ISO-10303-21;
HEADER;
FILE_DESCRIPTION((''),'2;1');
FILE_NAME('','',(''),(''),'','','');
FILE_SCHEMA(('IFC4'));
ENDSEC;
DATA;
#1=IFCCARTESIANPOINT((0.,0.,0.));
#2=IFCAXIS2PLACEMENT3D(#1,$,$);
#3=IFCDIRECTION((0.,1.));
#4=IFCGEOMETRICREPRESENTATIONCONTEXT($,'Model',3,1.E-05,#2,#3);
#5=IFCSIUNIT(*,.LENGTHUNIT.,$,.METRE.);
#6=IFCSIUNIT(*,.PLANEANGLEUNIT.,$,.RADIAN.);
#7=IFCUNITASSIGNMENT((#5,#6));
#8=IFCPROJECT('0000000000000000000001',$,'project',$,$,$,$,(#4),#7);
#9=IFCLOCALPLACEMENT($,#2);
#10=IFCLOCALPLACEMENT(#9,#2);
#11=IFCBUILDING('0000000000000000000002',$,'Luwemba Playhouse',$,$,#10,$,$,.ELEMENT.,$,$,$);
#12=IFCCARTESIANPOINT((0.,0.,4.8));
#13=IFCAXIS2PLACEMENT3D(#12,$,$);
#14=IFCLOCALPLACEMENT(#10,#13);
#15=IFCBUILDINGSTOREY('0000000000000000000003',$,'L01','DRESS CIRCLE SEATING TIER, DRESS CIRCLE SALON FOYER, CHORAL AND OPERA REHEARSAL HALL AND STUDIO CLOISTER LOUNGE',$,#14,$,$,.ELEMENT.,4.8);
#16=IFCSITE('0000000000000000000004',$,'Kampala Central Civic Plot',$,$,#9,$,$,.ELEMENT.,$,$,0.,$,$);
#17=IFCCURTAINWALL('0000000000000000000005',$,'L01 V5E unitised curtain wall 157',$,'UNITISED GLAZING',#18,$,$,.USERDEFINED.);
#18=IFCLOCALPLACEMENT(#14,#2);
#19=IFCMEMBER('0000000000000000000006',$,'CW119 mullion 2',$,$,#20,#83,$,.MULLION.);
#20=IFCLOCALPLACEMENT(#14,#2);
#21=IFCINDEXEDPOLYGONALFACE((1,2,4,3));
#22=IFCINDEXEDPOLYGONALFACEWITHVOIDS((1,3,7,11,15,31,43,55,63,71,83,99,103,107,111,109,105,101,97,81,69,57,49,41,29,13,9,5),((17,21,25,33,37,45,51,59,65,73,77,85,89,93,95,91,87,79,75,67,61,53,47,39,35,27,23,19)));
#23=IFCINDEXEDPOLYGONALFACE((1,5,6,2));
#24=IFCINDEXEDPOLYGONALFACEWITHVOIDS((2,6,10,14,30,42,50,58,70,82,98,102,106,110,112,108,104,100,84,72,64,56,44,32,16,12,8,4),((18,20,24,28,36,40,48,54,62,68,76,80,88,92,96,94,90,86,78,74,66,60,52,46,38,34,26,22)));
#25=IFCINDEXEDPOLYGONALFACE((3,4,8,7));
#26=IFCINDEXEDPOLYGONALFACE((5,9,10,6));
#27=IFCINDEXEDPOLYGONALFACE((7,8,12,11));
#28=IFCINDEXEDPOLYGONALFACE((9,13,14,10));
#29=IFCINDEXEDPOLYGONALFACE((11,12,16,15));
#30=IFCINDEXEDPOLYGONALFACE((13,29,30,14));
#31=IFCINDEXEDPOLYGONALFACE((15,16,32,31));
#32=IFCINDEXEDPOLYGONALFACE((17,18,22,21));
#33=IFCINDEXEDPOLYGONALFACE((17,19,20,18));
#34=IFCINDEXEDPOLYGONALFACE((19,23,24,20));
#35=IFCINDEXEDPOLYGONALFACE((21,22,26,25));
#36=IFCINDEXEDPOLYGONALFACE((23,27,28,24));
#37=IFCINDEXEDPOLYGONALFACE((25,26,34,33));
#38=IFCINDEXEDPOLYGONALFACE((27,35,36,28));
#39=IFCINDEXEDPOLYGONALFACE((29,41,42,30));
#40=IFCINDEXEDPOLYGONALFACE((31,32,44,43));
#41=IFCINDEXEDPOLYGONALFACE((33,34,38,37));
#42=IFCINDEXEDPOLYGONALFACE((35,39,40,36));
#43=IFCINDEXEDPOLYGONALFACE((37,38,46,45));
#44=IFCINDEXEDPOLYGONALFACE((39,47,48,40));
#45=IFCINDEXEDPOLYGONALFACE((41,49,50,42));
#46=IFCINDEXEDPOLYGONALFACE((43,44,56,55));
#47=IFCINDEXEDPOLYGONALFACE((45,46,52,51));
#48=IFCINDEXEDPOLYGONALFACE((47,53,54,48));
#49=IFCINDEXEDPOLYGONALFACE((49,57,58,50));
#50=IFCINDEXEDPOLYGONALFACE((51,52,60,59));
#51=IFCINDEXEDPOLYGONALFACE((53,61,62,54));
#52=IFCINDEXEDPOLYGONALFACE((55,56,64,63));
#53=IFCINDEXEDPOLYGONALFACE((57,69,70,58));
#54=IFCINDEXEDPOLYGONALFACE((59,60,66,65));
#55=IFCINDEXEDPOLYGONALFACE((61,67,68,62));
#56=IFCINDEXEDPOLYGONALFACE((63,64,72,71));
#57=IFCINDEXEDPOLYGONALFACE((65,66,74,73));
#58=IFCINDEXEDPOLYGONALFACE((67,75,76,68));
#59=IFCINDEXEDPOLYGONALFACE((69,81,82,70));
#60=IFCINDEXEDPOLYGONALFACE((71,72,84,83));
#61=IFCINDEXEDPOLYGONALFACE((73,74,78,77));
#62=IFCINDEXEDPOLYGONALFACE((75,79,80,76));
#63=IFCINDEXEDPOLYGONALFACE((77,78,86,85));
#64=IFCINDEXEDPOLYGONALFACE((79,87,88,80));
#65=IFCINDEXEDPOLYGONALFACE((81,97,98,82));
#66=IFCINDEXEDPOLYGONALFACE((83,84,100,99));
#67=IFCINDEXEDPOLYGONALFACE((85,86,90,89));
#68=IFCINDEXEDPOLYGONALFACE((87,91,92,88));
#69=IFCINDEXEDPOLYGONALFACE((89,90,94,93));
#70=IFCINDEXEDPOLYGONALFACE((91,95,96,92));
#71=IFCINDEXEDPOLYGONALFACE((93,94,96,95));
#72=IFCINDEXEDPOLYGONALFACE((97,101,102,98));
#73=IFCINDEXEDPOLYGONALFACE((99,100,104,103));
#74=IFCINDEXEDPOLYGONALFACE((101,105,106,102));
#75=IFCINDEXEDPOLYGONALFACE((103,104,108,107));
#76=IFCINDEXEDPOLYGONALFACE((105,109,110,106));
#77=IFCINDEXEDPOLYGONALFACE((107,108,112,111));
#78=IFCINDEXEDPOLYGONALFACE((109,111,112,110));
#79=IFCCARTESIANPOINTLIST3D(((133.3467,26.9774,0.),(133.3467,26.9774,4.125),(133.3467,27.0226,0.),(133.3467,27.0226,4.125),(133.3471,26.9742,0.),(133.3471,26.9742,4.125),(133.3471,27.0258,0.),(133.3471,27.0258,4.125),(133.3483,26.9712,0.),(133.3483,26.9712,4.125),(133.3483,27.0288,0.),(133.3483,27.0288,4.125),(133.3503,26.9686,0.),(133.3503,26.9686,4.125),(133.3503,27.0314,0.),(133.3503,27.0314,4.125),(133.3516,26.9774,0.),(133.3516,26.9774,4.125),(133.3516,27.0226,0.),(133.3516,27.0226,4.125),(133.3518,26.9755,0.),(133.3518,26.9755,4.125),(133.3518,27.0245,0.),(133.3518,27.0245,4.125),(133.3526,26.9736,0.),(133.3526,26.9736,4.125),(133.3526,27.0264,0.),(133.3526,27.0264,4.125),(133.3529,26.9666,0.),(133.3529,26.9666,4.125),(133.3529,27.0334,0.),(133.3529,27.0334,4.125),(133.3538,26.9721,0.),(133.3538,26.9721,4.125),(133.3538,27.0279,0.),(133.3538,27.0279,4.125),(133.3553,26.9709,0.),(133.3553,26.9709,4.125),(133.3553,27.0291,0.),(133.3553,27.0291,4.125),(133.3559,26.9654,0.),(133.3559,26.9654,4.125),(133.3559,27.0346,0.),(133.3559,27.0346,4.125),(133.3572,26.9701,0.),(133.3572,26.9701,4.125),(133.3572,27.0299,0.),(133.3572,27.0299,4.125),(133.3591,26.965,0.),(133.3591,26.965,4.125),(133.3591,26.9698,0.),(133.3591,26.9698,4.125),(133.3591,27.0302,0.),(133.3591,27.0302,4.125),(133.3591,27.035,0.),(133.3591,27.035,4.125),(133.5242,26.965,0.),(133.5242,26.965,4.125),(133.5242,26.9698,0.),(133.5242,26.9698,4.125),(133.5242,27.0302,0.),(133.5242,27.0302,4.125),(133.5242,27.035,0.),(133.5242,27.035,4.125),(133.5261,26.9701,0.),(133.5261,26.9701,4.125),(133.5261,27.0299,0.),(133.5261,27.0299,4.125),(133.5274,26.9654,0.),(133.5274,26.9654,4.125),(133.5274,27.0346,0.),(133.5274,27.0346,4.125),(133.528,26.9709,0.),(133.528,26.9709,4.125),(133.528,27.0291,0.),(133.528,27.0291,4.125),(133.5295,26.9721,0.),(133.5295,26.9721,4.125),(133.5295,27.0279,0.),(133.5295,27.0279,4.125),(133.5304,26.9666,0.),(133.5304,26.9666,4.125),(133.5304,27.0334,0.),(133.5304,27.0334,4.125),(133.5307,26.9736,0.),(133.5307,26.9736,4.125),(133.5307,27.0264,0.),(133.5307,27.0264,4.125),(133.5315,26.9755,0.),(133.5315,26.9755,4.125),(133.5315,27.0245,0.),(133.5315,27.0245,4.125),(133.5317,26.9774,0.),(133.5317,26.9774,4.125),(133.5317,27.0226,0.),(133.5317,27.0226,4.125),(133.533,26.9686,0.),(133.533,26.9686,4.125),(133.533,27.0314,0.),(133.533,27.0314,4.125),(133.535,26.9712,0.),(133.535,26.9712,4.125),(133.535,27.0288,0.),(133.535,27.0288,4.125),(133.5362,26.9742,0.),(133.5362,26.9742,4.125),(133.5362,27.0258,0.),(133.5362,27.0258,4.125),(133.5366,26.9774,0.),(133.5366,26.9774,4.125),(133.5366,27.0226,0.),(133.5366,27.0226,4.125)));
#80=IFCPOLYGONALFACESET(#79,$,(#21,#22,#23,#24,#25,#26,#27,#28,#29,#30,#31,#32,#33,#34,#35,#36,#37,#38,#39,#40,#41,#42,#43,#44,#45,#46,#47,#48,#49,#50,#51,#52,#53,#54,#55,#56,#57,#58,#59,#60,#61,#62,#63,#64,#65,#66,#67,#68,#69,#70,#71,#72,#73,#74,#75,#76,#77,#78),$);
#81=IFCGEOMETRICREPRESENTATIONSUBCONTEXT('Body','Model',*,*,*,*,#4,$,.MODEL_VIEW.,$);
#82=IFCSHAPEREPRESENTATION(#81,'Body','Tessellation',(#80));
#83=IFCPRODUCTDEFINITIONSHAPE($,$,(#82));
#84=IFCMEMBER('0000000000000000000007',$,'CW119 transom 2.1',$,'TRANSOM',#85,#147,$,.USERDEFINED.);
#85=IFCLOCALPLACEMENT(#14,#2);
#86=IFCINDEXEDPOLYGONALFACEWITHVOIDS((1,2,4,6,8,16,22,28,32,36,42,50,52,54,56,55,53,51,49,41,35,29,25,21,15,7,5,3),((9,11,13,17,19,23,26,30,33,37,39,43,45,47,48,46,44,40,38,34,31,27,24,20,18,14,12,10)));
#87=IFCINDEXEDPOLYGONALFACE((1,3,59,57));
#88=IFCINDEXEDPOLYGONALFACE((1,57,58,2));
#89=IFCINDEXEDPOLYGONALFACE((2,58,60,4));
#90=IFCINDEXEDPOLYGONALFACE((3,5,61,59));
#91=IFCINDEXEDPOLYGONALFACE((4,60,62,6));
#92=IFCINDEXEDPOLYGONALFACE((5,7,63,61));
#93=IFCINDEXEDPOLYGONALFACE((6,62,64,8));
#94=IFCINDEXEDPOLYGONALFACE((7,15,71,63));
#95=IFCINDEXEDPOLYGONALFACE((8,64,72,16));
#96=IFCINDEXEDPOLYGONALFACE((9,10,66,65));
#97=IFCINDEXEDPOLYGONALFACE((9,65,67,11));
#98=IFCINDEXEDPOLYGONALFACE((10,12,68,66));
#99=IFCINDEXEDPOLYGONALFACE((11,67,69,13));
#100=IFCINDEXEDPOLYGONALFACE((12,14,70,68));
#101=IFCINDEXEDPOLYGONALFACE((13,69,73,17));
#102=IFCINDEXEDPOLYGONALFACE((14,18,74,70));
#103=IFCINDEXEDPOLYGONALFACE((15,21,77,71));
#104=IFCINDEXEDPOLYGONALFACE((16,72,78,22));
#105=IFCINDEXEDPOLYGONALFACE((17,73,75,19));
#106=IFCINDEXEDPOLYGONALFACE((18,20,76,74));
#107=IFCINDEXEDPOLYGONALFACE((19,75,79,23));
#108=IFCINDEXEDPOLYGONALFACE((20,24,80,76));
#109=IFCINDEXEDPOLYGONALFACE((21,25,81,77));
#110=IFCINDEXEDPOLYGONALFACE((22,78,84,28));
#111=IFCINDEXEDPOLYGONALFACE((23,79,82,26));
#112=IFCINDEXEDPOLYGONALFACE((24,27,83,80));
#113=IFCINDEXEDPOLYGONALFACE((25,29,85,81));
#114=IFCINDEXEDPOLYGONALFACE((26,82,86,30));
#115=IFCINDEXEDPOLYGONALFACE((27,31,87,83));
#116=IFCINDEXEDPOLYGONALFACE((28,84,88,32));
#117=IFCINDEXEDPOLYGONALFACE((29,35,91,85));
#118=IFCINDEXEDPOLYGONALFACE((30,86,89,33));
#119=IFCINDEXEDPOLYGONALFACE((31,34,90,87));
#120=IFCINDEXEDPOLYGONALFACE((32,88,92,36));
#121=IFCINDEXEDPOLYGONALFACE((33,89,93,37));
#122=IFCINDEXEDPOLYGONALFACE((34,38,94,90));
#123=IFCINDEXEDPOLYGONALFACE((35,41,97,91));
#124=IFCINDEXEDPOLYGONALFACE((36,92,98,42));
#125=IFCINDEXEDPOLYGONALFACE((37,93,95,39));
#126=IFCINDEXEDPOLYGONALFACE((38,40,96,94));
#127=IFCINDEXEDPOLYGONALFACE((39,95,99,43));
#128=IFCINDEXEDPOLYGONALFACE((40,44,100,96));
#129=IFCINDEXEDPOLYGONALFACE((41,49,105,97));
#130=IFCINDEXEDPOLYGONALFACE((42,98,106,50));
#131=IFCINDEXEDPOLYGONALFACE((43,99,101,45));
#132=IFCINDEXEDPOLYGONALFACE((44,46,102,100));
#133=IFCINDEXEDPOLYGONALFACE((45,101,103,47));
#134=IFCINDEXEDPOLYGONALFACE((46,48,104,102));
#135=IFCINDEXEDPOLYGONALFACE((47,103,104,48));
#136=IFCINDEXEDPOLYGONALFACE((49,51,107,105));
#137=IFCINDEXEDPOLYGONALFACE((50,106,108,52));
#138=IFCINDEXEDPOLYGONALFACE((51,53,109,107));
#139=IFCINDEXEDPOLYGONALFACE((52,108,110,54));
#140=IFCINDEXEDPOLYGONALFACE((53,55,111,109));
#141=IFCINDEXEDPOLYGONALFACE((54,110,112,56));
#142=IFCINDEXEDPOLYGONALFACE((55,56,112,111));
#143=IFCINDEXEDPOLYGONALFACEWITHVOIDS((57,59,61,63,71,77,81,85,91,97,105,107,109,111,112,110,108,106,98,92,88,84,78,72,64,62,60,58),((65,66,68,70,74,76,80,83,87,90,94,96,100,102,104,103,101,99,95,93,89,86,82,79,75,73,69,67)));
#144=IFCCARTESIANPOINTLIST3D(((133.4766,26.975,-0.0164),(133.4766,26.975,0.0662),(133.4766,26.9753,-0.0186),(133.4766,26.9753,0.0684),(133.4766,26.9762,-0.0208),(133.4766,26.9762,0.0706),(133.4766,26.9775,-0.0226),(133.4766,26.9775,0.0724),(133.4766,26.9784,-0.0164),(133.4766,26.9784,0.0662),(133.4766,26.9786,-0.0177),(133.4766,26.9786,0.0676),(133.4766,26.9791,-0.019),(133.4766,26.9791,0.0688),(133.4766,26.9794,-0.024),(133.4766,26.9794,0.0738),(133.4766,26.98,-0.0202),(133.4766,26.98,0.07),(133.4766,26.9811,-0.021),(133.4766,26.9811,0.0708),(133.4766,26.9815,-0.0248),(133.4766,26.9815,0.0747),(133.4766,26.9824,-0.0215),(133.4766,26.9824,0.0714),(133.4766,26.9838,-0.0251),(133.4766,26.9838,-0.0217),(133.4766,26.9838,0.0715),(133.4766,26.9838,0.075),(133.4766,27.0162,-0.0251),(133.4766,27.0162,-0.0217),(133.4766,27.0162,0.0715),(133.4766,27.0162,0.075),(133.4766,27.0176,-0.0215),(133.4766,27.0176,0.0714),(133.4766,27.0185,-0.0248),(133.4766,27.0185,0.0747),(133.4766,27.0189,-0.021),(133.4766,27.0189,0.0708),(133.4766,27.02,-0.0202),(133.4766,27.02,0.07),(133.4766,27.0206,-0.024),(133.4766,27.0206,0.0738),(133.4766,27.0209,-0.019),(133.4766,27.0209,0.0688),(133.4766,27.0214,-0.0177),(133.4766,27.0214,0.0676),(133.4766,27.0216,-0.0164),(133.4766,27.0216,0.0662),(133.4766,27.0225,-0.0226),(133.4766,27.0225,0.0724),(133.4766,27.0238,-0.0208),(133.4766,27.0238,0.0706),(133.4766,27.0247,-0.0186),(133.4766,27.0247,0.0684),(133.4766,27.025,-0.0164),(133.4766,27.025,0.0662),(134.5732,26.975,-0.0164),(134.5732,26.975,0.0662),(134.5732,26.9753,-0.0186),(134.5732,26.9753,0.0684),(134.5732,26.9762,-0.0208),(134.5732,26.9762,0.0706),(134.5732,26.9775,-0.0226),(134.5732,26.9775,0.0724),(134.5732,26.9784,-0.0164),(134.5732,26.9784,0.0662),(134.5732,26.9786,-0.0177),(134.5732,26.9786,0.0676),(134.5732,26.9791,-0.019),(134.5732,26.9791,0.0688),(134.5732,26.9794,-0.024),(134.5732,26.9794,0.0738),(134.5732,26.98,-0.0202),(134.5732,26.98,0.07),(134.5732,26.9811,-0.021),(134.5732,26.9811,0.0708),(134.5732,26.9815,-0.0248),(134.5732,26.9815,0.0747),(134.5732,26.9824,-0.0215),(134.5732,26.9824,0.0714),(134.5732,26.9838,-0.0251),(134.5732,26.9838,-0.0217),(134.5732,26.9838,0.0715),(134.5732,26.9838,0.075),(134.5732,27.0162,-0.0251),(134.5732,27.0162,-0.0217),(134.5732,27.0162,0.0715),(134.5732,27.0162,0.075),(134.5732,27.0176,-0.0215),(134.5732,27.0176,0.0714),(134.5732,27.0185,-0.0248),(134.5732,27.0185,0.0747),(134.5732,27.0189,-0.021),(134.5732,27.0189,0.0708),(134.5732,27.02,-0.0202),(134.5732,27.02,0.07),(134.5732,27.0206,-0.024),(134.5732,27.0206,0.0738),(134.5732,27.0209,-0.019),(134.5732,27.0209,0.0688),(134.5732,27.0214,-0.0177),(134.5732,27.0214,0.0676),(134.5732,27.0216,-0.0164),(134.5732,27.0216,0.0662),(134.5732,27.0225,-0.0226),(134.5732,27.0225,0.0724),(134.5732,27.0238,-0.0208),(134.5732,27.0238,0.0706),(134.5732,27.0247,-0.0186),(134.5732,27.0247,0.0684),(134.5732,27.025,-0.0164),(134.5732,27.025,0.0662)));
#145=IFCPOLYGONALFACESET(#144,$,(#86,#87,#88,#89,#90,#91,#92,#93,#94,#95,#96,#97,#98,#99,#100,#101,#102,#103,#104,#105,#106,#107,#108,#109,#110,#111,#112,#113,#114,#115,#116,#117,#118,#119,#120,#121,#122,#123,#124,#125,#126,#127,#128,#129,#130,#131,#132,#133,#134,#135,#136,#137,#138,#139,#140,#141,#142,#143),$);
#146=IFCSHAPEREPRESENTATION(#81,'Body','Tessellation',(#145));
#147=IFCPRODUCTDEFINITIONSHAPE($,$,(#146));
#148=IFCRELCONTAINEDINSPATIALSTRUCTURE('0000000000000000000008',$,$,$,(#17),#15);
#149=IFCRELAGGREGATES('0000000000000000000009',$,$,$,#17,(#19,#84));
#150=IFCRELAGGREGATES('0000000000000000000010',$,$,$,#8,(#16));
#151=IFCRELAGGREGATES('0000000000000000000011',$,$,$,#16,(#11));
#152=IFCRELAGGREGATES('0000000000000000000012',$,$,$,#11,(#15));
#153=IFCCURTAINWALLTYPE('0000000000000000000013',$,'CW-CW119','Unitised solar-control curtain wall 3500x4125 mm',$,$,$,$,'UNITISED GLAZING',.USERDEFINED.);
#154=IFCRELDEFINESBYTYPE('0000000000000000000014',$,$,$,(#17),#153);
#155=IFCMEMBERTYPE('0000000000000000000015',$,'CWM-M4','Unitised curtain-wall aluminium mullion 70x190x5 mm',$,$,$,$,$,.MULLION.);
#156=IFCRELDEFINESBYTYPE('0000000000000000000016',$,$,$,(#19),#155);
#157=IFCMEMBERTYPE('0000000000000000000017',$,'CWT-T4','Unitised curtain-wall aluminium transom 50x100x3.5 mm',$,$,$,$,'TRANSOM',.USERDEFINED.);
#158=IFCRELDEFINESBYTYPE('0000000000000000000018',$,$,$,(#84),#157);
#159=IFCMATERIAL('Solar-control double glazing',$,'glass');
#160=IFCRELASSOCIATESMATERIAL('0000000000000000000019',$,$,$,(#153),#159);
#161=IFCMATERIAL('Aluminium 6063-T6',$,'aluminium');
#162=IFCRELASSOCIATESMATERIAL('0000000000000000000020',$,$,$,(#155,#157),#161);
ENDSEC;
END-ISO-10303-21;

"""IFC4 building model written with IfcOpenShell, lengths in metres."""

from ifc_helpers import new_model, si_unit, direction, frame, origin, origin_2d, place, context, subcontext, project, spatial, hollow_rectangle, extrude, material, material_profile, profile_set, type_object, element, aggregate, save


model = new_model("IFC4")

# Units and contexts
model_context = context("Model", 3, precision=1e-05, world=origin(), true_north=direction((0.0, 1.0)))
body_context = subcontext(model_context, "Body", "Model", "MODEL_VIEW")
ifc_project = project(units=[si_unit("LENGTHUNIT", "METRE"), si_unit("PLANEANGLEUNIT", "RADIAN")], contexts=[model_context])

# Site, building, storey
site_placement = place(None, origin())
site = spatial("IfcSite", under=ifc_project, at=site_placement, Name="Kampala Central Civic Plot", CompositionType="ELEMENT", RefElevation=0.0)
building_placement = place(site_placement, origin())
building = spatial("IfcBuilding", under=site, at=building_placement, Name="Luwemba Playhouse", CompositionType="ELEMENT")
storey_placement = place(building_placement, frame((0.0, 0.0, 4.8)))
storey = spatial("IfcBuildingStorey", under=building, at=storey_placement, Name="L01", Description="DRESS CIRCLE SEATING TIER, DRESS CIRCLE SALON FOYER, CHORAL AND OPERA REHEARSAL HALL AND STUDIO CLOISTER LOUNGE", CompositionType="ELEMENT", Elevation=4.8)

# Curtain wall, members
ifc_material_1 = material(Name="Solar-control double glazing", Category="glass")
curtain_wall_type = type_object("IfcCurtainWallType", Name="CW-CW119", Description="Unitised solar-control curtain wall 3500x4125 mm", ElementType="UNITISED GLAZING", PredefinedType="USERDEFINED", material=ifc_material_1)
curtain_wall_placement = place(storey_placement, origin())
curtain_wall = element("IfcCurtainWall", 1, at=curtain_wall_placement, inside=storey, type_object=curtain_wall_type, Name="L01 V5E unitised curtain wall 157", ObjectType="UNITISED GLAZING", PredefinedType="USERDEFINED")
ifc_material_2 = material(Name="Aluminium 6063-T6", Category="aluminium")
ifc_material_profile_1 = material_profile(ifc_material_2, hollow_rectangle(XDim=0.0701, YDim=0.1899, WallThickness=0.0049, InnerFilletRadius=0.0076, OuterFilletRadius=0.0125, at=origin_2d()))
ifc_profile_set_1 = profile_set([ifc_material_profile_1], Name="Aluminium 6063-T6")
member_type_1 = type_object("IfcMemberType", Name="CWM-M4", Description="Unitised curtain-wall aluminium mullion 70x190x5 mm", PredefinedType="MULLION", material=ifc_profile_set_1)
member_1_placement = place(storey_placement, frame((133.4417, 27.0, 0.0), z_axis=(0.0, 0.0, 1.0), x_axis=(0.0, 1.0, 0.0)))
member_1 = element("IfcMember", 2, at=member_1_placement, type_object=member_type_1, Name="CW119 mullion 2", PredefinedType="MULLION", context=body_context, shape_type="SweptSolid", body=[
    extrude(hollow_rectangle(XDim=0.0701, YDim=0.1899, WallThickness=0.0049, InnerFilletRadius=0.0076, OuterFilletRadius=0.0125, at=origin_2d()), origin(), (0.0, 0.0, 1.0), 4.125),
])
ifc_material_profile_2 = material_profile(ifc_material_2, hollow_rectangle(XDim=0.05, YDim=0.1001, WallThickness=0.0034, InnerFilletRadius=0.0054, OuterFilletRadius=0.0088, at=origin_2d()))
ifc_profile_set_2 = profile_set([ifc_material_profile_2], Name="Aluminium 6063-T6")
member_type_2 = type_object("IfcMemberType", Name="CWT-T4", Description="Unitised curtain-wall aluminium transom 50x100x3.5 mm", ElementType="TRANSOM", PredefinedType="USERDEFINED", material=ifc_profile_set_2)
member_2_placement = place(storey_placement, frame((133.4766, 27.0, 0.0249), z_axis=(1.0, 0.0, 0.0), x_axis=(0.0, 1.0, 0.0)))
member_2 = element("IfcMember", 3, at=member_2_placement, type_object=member_type_2, Name="CW119 transom 2.1", ObjectType="TRANSOM", PredefinedType="USERDEFINED", context=body_context, shape_type="SweptSolid", body=[
    extrude(hollow_rectangle(XDim=0.05, YDim=0.1001, WallThickness=0.0034, InnerFilletRadius=0.0054, OuterFilletRadius=0.0088, at=origin_2d()), origin(), (0.0, 0.0, 1.0), 1.0967),
])

aggregate(curtain_wall, [member_1, member_2])

save(model, "model.ifc")
